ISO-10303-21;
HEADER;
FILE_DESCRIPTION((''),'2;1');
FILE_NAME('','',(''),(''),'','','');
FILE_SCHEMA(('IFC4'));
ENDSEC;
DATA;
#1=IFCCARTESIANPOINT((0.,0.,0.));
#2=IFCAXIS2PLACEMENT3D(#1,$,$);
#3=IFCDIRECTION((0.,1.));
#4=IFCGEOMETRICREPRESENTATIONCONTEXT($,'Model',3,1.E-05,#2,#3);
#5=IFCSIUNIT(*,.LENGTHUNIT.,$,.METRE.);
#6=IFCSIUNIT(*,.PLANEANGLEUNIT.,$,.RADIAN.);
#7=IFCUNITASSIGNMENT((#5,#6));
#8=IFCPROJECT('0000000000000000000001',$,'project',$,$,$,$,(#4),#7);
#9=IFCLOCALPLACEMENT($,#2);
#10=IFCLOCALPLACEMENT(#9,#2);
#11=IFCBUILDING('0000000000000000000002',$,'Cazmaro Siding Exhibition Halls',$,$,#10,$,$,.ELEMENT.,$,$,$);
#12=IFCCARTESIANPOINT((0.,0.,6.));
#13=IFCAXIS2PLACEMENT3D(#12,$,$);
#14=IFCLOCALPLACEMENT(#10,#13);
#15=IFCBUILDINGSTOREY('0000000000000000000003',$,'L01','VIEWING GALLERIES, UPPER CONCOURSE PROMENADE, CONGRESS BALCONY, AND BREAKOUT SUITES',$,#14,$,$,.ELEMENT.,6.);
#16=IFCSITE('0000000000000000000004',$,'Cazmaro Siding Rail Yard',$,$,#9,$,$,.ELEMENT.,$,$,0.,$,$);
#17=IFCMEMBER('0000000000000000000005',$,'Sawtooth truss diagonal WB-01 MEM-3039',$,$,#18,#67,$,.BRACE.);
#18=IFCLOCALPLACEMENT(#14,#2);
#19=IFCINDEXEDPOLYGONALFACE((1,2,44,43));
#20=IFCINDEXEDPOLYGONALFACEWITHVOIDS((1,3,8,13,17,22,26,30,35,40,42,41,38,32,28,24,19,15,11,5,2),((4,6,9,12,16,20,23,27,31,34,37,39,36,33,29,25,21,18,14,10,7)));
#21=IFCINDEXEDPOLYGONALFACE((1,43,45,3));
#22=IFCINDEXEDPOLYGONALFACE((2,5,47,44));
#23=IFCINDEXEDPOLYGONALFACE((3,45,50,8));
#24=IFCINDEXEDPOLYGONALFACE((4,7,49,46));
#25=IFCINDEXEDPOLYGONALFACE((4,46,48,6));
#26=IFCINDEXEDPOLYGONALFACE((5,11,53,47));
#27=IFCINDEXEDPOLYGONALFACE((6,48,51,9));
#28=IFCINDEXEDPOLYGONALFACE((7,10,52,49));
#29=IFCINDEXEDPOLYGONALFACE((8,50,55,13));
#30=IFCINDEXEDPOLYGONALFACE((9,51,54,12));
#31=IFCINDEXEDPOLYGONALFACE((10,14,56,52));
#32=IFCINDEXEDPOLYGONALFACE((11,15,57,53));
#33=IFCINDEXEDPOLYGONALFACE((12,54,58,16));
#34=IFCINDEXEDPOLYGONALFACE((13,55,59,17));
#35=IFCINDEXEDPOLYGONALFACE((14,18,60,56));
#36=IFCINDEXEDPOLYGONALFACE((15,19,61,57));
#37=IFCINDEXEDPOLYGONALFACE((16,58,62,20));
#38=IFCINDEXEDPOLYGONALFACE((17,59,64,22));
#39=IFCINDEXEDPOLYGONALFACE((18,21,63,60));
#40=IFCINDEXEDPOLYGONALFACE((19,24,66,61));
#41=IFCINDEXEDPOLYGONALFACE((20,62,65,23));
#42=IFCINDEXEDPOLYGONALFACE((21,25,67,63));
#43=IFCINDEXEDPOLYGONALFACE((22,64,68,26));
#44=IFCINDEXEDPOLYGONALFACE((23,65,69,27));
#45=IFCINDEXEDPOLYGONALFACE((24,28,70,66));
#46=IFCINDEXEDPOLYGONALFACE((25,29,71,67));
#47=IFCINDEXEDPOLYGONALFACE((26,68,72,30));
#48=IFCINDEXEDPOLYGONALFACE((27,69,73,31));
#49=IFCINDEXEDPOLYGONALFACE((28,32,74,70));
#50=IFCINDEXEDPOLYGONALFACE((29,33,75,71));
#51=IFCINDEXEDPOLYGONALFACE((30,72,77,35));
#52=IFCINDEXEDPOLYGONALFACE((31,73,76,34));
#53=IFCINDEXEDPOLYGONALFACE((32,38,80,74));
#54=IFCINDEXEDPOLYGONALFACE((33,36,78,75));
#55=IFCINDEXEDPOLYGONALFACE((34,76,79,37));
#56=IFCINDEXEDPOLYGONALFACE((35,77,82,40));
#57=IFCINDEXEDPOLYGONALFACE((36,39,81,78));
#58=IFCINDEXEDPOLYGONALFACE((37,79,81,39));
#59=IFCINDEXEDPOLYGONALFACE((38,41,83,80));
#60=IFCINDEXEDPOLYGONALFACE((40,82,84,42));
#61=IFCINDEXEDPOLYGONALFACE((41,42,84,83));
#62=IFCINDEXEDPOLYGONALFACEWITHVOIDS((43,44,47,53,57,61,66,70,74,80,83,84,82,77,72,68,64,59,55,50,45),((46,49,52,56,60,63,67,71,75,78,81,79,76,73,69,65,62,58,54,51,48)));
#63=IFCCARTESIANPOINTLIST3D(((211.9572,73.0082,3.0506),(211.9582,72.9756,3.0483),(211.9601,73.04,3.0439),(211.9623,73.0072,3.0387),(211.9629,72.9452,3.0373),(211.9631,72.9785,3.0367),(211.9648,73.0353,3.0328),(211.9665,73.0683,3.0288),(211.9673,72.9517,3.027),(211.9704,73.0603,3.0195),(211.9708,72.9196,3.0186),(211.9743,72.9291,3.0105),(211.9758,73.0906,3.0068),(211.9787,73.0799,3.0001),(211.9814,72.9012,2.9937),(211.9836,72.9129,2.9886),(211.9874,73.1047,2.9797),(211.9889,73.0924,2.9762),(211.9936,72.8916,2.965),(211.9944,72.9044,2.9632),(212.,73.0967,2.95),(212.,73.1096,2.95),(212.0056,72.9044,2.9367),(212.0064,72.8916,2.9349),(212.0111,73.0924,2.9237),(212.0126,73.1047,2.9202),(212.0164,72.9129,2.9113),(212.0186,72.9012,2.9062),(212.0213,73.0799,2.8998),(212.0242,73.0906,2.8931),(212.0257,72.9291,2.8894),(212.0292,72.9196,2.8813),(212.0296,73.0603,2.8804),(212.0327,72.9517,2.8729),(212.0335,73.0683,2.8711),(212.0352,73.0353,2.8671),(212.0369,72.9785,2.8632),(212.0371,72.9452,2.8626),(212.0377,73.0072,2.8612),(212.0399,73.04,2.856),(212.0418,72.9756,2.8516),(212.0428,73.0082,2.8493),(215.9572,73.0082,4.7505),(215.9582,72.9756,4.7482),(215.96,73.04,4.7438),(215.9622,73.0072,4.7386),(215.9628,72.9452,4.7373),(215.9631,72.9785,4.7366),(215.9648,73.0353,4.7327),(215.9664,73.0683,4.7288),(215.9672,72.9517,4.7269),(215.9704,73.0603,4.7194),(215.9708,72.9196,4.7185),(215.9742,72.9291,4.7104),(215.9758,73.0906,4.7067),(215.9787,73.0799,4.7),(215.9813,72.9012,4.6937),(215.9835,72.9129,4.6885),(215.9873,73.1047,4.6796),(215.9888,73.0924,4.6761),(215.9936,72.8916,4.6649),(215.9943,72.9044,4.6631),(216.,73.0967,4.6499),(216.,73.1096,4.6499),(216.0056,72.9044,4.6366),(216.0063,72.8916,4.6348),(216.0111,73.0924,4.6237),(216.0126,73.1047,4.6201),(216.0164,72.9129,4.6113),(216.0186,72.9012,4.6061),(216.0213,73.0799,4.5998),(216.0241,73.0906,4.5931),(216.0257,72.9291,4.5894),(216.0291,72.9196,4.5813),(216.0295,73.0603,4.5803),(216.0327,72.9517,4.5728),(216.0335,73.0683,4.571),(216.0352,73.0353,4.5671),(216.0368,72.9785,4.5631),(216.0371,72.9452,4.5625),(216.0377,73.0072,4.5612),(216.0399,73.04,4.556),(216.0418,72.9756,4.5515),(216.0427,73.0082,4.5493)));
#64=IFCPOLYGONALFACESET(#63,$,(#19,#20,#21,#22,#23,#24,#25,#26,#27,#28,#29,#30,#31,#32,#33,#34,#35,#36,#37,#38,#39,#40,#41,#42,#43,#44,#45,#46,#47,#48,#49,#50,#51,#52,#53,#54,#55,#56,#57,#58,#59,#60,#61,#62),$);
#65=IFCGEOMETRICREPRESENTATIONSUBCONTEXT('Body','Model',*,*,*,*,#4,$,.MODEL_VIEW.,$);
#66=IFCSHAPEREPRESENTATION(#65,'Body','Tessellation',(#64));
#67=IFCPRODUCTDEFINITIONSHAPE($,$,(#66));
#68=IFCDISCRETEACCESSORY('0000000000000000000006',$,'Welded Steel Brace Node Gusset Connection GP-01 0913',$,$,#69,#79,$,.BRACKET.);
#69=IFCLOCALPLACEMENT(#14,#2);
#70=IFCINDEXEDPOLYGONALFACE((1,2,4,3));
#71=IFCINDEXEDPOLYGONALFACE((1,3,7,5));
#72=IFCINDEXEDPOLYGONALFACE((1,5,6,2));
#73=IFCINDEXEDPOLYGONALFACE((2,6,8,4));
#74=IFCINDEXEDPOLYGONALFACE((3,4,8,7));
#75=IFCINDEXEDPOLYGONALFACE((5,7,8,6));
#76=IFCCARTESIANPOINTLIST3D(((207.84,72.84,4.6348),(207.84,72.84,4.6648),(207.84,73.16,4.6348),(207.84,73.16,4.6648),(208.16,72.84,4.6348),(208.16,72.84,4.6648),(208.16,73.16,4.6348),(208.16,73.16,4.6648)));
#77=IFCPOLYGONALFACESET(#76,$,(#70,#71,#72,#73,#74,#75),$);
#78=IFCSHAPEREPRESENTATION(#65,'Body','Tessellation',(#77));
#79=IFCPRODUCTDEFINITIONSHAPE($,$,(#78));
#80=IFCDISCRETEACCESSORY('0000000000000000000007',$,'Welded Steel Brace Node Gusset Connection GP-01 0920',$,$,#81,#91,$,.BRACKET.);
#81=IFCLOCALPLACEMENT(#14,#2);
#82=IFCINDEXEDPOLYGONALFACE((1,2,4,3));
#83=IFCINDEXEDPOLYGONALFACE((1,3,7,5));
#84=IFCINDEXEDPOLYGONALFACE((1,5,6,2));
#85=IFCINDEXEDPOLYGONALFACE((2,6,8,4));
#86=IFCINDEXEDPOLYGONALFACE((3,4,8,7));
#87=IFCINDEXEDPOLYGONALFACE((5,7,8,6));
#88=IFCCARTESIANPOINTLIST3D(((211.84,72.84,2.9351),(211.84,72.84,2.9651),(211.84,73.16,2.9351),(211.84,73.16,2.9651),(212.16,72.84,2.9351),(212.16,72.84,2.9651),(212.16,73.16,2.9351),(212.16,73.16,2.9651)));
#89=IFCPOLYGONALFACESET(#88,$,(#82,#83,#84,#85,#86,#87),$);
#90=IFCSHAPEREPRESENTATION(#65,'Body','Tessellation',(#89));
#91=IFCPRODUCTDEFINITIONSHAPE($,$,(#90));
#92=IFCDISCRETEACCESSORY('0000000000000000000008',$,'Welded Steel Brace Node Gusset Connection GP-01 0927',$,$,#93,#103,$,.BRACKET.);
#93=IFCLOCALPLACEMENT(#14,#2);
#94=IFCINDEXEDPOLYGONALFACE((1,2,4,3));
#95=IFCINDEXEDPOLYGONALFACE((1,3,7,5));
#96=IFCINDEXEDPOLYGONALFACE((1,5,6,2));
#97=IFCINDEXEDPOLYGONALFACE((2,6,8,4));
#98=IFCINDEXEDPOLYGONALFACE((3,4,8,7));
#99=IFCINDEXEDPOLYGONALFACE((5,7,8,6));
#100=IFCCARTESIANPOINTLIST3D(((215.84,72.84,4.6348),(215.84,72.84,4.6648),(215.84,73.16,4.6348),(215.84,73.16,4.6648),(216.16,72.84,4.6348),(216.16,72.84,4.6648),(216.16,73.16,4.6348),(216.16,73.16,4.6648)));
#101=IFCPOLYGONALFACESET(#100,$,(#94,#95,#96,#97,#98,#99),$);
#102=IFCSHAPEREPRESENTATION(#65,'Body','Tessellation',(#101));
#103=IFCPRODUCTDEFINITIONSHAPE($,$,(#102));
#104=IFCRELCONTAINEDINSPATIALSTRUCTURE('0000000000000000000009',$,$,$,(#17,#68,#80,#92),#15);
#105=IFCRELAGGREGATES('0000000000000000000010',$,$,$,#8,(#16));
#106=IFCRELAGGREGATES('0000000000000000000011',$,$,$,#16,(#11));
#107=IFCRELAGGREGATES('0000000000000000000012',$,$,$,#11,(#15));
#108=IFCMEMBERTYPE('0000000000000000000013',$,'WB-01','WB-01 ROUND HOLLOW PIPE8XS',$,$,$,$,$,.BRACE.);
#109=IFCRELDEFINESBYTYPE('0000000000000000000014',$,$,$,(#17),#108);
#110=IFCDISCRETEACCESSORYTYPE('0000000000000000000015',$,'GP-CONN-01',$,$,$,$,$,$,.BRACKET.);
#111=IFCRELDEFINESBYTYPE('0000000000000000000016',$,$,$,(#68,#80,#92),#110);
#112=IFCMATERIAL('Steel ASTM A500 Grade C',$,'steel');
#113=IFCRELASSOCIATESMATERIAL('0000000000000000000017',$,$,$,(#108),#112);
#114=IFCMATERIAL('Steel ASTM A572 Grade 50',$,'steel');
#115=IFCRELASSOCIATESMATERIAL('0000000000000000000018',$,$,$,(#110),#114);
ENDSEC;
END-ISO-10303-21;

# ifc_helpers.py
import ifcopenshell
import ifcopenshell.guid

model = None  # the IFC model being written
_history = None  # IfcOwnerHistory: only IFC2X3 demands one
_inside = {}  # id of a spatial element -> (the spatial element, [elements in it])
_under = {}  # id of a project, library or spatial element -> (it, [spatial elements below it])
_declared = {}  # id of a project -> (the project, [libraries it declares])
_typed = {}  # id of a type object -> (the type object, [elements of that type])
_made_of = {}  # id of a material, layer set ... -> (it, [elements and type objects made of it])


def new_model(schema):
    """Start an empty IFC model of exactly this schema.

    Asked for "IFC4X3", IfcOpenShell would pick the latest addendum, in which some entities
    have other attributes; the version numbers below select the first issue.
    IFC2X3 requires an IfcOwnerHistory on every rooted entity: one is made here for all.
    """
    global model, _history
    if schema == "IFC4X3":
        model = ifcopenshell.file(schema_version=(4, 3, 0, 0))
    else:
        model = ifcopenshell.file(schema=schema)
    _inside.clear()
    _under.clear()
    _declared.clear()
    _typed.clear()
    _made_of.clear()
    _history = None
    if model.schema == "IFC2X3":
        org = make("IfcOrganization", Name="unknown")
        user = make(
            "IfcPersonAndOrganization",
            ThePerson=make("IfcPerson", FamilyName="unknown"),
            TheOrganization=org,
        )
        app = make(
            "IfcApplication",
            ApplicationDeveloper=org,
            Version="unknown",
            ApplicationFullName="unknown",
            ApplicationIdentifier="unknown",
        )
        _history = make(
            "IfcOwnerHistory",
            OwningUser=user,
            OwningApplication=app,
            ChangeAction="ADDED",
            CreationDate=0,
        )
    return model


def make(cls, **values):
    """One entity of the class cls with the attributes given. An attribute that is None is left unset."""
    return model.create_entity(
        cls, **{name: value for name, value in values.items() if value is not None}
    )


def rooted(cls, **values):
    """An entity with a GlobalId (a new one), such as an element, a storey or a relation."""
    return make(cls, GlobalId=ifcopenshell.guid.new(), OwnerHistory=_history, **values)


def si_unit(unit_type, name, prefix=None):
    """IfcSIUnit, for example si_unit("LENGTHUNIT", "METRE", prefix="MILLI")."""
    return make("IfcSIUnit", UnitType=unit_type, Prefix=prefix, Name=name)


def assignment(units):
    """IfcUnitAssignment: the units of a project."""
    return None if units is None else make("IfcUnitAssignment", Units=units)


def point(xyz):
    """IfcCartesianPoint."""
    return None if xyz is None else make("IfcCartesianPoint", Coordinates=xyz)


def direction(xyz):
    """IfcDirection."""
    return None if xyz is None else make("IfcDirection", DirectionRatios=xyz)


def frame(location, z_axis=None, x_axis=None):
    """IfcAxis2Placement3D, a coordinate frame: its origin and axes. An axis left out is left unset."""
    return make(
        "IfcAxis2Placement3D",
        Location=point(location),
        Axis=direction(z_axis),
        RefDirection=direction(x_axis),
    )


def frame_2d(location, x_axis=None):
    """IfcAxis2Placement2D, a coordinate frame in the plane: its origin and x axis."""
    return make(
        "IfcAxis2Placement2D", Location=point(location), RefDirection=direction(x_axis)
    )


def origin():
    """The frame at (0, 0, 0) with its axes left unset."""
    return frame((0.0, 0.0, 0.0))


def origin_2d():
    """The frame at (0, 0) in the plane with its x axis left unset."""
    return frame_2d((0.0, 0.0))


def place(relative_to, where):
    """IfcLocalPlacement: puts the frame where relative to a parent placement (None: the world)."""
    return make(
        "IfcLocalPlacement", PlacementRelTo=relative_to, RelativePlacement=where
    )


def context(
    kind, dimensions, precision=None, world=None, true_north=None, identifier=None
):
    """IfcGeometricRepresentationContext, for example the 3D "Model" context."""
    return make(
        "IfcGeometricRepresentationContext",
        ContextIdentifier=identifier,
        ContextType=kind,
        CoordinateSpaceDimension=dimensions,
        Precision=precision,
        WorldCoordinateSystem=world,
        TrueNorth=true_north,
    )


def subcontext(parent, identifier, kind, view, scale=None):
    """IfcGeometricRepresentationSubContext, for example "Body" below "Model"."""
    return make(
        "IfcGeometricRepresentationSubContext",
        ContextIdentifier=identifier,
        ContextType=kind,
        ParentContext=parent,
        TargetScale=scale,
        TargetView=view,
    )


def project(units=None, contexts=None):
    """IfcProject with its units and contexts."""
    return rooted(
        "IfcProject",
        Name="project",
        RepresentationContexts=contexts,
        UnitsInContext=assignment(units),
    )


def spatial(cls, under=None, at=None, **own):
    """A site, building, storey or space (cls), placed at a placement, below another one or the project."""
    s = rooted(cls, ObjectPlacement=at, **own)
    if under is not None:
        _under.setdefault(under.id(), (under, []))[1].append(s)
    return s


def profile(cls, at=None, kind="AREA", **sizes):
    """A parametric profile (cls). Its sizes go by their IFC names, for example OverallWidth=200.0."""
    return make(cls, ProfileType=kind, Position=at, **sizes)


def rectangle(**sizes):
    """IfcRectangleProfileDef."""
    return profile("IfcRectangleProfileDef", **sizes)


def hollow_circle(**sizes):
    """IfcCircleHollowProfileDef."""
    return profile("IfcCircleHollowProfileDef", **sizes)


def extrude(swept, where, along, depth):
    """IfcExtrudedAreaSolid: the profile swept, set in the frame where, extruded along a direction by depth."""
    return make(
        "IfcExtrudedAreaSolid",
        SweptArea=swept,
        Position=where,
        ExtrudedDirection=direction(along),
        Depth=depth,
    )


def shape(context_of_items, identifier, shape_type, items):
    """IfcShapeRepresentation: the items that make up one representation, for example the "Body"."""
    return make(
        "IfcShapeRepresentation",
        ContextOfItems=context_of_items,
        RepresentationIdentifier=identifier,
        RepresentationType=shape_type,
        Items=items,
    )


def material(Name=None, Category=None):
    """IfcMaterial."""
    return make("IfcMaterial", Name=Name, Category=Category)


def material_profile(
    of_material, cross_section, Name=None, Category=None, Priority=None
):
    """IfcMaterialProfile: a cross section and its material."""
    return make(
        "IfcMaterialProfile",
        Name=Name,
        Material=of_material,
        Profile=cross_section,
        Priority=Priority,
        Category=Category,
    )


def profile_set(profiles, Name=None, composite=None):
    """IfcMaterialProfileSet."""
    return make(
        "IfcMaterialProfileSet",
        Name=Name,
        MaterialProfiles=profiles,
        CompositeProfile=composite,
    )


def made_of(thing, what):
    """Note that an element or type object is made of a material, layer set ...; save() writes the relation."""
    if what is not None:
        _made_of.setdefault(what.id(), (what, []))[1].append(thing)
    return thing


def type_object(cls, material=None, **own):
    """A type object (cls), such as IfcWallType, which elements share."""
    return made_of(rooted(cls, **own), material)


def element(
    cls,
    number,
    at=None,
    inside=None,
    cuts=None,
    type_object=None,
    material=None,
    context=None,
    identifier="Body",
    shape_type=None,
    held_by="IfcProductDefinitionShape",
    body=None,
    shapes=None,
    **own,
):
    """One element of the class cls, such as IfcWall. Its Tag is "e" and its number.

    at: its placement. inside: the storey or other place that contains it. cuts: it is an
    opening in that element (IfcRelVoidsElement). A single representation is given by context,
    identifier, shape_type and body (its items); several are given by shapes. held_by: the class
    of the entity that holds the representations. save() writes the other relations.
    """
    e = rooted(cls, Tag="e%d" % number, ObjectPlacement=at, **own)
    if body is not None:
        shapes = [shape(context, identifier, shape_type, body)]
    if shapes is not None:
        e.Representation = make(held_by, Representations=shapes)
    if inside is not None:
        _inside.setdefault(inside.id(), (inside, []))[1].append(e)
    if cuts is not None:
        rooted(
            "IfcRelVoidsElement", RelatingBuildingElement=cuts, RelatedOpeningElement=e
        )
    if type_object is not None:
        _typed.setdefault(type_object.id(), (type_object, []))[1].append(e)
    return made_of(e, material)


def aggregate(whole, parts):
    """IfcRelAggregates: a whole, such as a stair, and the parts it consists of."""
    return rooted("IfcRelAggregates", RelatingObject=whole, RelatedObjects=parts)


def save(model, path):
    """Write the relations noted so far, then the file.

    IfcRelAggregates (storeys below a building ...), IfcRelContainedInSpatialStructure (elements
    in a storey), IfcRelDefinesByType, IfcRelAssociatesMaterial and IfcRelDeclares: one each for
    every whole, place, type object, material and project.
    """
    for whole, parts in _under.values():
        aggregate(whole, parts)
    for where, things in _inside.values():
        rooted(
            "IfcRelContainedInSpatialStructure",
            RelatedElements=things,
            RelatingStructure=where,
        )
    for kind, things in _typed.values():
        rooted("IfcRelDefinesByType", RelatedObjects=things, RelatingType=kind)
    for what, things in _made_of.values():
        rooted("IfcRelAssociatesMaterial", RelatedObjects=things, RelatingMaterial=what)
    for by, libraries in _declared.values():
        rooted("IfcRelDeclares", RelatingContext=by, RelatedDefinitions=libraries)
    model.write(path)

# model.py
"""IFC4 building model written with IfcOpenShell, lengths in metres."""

from ifc_helpers import new_model, si_unit, direction, frame, origin, origin_2d, place, context, subcontext, project, spatial, rectangle, hollow_circle, extrude, material, material_profile, profile_set, type_object, element, save


model = new_model("IFC4")

# Units and contexts
model_context = context("Model", 3, precision=1e-05, world=origin(), true_north=direction((0.0, 1.0)))
body_context = subcontext(model_context, "Body", "Model", "MODEL_VIEW")
ifc_project = project(units=[si_unit("LENGTHUNIT", "METRE"), si_unit("PLANEANGLEUNIT", "RADIAN")], contexts=[model_context])

# Site, building, storey
site_placement = place(None, origin())
site = spatial("IfcSite", under=ifc_project, at=site_placement, Name="Cazmaro Siding Rail Yard", CompositionType="ELEMENT", RefElevation=0.0)
building_placement = place(site_placement, origin())
building = spatial("IfcBuilding", under=site, at=building_placement, Name="Cazmaro Siding Exhibition Halls", CompositionType="ELEMENT")
storey_placement = place(building_placement, frame((0.0, 0.0, 6.0)))
storey = spatial("IfcBuildingStorey", under=building, at=storey_placement, Name="L01", Description="VIEWING GALLERIES, UPPER CONCOURSE PROMENADE, CONGRESS BALCONY, AND BREAKOUT SUITES", CompositionType="ELEMENT", Elevation=6.0)

# Member
ifc_material_1 = material(Name="Steel ASTM A500 Grade C", Category="steel")
ifc_material_profile_1 = material_profile(ifc_material_1, hollow_circle(Radius=0.1096, WallThickness=0.0129, at=origin_2d()), Name="PIPE8XS")
ifc_profile_set_1 = profile_set([ifc_material_profile_1], Name="Steel ASTM A500 Grade C")
member_type_1 = type_object("IfcMemberType", Name="WB-01", Description="WB-01 ROUND HOLLOW PIPE8XS", PredefinedType="BRACE", material=ifc_profile_set_1)
for number, where, z_axis, x_axis, name in (
    (1, (212.0, 73.0, 2.95), (0.920335, 0.0, 0.391131), (0.0, 1.0, 0.0), "Sawtooth truss diagonal WB-01 MEM-3039"),
):
    element("IfcMember", number, at=place(storey_placement, frame(where, z_axis=z_axis, x_axis=x_axis)), inside=storey, type_object=member_type_1, Name=name, PredefinedType="BRACE", context=body_context, shape_type="SweptSolid", body=[
        extrude(hollow_circle(Radius=0.1096, WallThickness=0.0129, at=origin_2d()), origin(), (0.0, 0.0, 1.0), 4.3462),
    ])

# Discrete accessories
ifc_material_2 = material(Name="Steel ASTM A572 Grade 50", Category="steel")
discrete_accessory_type = type_object("IfcDiscreteAccessoryType", Name="GP-CONN-01", PredefinedType="BRACKET", material=ifc_material_2)
for number, where, z_axis, x_axis, name in (
    (2, (208.0, 73.0, 4.6348), (0.0, 0.0, 1.0), (1.0, 0.0, 0.0), "Welded Steel Brace Node Gusset Connection GP-01 0913"),
    (3, (212.0, 73.0, 2.9351), (0.0, 0.0, 1.0), (1.0, 0.0, 0.0), "Welded Steel Brace Node Gusset Connection GP-01 0920"),
    (4, (216.0, 73.0, 4.6348), (0.0, 0.0, 1.0), (1.0, 0.0, 0.0), "Welded Steel Brace Node Gusset Connection GP-01 0927"),
):
    element("IfcDiscreteAccessory", number, at=place(storey_placement, frame(where, z_axis=z_axis, x_axis=x_axis)), inside=storey, type_object=discrete_accessory_type, Name=name, PredefinedType="BRACKET", context=body_context, shape_type="SweptSolid", body=[
        extrude(rectangle(XDim=0.3201, YDim=0.3201, at=origin_2d()), origin(), (0.0, 0.0, 1.0), 0.03),
    ])

save(model, "model.ifc")
